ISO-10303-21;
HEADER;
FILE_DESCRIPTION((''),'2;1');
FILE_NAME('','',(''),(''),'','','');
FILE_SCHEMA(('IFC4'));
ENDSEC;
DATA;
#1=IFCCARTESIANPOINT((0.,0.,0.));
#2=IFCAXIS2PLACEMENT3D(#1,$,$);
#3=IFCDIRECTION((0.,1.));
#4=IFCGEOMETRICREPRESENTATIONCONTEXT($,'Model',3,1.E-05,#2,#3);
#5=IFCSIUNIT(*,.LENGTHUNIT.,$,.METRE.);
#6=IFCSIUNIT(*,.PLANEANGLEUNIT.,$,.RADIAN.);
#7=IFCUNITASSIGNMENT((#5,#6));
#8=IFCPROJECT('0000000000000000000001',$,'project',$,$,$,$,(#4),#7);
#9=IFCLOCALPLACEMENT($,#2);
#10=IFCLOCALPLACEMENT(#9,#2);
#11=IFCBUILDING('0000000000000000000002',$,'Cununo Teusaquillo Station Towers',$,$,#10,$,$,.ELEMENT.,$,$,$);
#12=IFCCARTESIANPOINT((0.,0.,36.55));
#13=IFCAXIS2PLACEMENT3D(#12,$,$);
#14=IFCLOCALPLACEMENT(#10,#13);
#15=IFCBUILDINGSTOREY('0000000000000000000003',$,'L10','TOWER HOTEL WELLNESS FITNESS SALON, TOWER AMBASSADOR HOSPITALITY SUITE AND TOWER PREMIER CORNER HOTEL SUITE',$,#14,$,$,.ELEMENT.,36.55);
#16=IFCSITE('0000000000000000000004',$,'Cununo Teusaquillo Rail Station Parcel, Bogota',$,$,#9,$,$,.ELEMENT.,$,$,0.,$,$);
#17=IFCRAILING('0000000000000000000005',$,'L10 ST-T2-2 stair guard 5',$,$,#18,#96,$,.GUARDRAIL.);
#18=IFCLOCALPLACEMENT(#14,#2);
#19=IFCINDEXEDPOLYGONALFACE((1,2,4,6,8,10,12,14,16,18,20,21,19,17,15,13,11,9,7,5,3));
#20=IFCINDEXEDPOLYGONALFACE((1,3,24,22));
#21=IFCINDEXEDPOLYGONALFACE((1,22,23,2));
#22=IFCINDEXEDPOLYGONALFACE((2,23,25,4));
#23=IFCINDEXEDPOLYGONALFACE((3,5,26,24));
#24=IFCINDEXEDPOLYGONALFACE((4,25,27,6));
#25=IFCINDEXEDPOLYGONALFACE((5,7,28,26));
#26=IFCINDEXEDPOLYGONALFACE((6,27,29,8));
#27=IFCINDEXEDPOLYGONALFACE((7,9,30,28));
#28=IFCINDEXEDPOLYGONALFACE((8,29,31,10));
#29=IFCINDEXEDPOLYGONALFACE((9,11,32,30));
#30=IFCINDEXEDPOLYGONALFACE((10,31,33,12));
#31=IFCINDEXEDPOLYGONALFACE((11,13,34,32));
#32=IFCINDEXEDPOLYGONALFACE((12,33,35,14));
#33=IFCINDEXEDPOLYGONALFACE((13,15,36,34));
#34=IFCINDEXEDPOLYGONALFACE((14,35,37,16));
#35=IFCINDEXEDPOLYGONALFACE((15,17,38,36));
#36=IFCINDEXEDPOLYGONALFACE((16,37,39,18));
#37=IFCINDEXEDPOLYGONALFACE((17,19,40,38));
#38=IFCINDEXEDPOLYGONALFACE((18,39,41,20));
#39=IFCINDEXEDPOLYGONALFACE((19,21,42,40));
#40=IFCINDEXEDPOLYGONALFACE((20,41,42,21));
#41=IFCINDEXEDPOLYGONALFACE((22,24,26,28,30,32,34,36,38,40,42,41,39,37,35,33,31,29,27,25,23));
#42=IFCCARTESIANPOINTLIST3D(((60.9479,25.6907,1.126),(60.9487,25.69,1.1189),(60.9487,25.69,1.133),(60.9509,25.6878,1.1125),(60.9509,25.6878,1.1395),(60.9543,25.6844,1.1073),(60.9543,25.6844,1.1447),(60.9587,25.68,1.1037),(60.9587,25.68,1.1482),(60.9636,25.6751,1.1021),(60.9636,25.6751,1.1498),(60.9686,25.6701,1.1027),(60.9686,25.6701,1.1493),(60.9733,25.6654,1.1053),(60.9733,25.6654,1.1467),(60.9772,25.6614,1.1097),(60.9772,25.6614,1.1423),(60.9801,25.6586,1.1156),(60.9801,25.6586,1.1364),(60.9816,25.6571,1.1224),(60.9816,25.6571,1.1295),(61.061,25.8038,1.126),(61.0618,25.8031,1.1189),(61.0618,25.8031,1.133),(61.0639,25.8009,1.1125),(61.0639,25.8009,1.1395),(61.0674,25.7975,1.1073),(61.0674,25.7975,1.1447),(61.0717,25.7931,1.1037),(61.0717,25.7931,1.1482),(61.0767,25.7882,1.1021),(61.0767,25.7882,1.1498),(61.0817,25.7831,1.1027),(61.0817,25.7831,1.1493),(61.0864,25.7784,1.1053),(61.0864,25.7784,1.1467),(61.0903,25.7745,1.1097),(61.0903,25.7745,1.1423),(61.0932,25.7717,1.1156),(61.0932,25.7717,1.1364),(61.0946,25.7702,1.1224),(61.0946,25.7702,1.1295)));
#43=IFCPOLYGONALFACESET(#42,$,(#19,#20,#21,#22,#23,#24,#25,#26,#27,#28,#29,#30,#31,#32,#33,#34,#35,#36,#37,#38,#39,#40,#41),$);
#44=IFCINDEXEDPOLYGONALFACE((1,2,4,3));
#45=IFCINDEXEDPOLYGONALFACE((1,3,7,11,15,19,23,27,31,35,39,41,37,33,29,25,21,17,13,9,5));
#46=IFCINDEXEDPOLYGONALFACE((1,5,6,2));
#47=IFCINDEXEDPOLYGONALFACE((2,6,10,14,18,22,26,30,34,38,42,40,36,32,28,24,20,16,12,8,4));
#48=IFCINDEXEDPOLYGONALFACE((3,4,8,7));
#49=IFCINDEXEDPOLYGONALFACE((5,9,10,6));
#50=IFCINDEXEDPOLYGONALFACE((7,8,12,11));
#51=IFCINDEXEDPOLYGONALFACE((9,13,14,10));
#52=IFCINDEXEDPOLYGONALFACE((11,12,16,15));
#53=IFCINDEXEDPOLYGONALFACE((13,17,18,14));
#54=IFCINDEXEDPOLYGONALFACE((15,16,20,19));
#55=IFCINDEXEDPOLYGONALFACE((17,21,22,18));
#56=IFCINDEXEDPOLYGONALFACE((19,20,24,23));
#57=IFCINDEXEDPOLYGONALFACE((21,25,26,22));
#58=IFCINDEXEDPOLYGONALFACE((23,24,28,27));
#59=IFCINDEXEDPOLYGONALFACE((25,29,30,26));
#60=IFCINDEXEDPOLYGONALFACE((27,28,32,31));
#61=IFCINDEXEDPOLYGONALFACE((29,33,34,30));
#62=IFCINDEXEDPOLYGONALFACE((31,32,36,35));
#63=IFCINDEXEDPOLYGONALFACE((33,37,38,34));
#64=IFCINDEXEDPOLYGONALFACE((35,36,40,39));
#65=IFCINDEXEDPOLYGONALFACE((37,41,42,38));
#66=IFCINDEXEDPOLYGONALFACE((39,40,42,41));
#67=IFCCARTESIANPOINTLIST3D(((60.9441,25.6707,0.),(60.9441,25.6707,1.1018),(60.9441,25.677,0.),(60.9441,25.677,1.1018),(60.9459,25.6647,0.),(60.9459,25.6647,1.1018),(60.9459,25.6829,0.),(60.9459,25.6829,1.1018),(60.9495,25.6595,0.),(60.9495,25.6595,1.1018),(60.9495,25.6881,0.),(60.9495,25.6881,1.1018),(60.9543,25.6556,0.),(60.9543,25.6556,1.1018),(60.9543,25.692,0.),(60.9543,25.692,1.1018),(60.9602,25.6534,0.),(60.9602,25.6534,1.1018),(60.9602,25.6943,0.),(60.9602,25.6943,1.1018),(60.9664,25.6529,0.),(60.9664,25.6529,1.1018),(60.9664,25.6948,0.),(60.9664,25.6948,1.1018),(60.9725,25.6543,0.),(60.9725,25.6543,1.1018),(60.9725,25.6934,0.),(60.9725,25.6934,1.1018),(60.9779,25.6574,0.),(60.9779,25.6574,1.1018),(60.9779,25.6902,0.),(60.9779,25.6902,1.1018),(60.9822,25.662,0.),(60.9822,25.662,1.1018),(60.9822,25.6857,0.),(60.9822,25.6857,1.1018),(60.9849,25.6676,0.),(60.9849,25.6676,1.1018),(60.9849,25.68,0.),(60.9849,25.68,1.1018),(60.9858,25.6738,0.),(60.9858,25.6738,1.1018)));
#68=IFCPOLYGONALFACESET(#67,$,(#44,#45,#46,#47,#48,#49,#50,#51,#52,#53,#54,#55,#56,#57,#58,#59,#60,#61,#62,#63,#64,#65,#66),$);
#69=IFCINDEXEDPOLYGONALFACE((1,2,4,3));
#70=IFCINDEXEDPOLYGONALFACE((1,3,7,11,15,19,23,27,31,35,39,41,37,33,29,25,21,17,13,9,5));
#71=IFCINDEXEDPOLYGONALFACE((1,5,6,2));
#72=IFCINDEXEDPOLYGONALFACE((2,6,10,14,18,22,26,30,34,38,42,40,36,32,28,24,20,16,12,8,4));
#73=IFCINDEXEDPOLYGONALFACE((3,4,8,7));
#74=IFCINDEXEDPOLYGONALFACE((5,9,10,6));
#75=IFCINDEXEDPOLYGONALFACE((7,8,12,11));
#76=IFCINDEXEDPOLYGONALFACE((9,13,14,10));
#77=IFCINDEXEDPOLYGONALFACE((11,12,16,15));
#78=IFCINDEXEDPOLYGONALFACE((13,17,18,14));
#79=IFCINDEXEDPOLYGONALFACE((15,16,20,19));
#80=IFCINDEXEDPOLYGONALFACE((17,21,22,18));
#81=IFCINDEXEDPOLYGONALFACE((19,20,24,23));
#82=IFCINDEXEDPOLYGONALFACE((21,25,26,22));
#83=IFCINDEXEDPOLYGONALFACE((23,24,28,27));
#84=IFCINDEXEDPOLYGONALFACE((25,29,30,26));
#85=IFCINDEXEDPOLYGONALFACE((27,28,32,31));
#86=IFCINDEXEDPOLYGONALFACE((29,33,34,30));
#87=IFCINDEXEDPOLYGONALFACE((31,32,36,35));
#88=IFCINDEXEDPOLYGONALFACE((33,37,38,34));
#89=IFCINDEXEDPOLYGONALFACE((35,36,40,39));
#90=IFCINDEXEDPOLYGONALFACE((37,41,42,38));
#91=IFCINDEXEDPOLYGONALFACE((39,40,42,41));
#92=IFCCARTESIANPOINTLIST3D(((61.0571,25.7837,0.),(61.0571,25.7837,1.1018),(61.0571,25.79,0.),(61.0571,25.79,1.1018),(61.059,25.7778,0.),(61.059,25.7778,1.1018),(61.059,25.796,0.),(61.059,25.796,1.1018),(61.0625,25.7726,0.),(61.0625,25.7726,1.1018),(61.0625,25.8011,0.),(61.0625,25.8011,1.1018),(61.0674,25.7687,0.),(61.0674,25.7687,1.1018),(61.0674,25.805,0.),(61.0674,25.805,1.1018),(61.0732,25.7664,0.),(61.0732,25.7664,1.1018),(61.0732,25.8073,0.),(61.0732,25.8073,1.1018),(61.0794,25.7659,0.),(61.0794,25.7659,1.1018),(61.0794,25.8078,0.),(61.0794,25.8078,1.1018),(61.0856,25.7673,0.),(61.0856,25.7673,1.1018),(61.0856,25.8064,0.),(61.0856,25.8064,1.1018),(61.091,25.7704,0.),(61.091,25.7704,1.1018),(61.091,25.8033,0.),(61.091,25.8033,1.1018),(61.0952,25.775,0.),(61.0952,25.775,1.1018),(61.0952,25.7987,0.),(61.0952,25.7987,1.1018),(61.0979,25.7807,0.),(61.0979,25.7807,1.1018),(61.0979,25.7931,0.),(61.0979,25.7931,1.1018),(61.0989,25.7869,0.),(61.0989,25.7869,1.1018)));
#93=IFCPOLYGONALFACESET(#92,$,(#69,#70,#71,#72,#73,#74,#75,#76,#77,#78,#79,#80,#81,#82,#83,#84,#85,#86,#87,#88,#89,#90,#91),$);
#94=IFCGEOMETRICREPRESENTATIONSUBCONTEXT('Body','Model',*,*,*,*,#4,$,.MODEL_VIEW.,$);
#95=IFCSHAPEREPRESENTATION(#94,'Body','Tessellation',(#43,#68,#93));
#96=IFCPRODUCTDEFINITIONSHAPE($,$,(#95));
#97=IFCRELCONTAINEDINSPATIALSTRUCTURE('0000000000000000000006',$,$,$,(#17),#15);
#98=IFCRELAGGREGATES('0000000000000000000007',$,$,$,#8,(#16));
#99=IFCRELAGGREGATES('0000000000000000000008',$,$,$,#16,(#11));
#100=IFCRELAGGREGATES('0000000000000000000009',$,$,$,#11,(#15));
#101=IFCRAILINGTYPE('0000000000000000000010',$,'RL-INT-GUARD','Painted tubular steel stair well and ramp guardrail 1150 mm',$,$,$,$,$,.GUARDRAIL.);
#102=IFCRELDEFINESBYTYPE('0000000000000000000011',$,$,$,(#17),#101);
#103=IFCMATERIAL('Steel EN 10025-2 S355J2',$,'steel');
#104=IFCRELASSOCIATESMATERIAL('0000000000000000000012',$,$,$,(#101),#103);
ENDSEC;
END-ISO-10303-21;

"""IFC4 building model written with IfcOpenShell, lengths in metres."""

from ifc_helpers import new_model, si_unit, direction, frame, origin, origin_2d, place, context, subcontext, project, spatial, circle, extrude, material, type_object, element, save


model = new_model("IFC4")

# Units and contexts
model_context = context("Model", 3, precision=1e-05, world=origin(), true_north=direction((0.0, 1.0)))
body_context = subcontext(model_context, "Body", "Model", "MODEL_VIEW")
ifc_project = project(units=[si_unit("LENGTHUNIT", "METRE"), si_unit("PLANEANGLEUNIT", "RADIAN")], contexts=[model_context])

# Site, building, storey
site_placement = place(None, origin())
site = spatial("IfcSite", under=ifc_project, at=site_placement, Name="Cununo Teusaquillo Rail Station Parcel, Bogota", CompositionType="ELEMENT", RefElevation=0.0)
building_placement = place(site_placement, origin())
building = spatial("IfcBuilding", under=site, at=building_placement, Name="Cununo Teusaquillo Station Towers", CompositionType="ELEMENT")
storey_placement = place(building_placement, frame((0.0, 0.0, 36.55)))
storey = spatial("IfcBuildingStorey", under=building, at=storey_placement, Name="L10", Description="TOWER HOTEL WELLNESS FITNESS SALON, TOWER AMBASSADOR HOSPITALITY SUITE AND TOWER PREMIER CORNER HOTEL SUITE", CompositionType="ELEMENT", Elevation=36.55)

# Railing
ifc_material_1 = material(Name="Steel EN 10025-2 S355J2", Category="steel")
railing_type_1 = type_object("IfcRailingType", Name="RL-INT-GUARD", Description="Painted tubular steel stair well and ramp guardrail 1150 mm", PredefinedType="GUARDRAIL", material=ifc_material_1)
railing_1_placement = place(storey_placement, frame((60.9648, 25.6738, 0.0)))
element("IfcRailing", 1, at=railing_1_placement, inside=storey, type_object=railing_type_1, Name="L10 ST-T2-2 stair guard 5", PredefinedType="GUARDRAIL", context=body_context, shape_type="SweptSolid", body=[
    extrude(circle(Radius=0.0239, at=origin_2d()), frame((0.0, 0.0, 1.126), z_axis=(0.707107, 0.707107, 0.0), x_axis=(-0.707107, 0.707107, 0.0)), (0.0, 0.0, 1.0), 0.1599),
    extrude(circle(Radius=0.021, at=origin_2d()), origin(), (0.0, 0.0, 1.0), 1.1018),
    extrude(circle(Radius=0.021, at=origin_2d()), frame((0.113, 0.113, 0.0)), (0.0, 0.0, 1.0), 1.1018),
])

save(model, "model.ifc")
